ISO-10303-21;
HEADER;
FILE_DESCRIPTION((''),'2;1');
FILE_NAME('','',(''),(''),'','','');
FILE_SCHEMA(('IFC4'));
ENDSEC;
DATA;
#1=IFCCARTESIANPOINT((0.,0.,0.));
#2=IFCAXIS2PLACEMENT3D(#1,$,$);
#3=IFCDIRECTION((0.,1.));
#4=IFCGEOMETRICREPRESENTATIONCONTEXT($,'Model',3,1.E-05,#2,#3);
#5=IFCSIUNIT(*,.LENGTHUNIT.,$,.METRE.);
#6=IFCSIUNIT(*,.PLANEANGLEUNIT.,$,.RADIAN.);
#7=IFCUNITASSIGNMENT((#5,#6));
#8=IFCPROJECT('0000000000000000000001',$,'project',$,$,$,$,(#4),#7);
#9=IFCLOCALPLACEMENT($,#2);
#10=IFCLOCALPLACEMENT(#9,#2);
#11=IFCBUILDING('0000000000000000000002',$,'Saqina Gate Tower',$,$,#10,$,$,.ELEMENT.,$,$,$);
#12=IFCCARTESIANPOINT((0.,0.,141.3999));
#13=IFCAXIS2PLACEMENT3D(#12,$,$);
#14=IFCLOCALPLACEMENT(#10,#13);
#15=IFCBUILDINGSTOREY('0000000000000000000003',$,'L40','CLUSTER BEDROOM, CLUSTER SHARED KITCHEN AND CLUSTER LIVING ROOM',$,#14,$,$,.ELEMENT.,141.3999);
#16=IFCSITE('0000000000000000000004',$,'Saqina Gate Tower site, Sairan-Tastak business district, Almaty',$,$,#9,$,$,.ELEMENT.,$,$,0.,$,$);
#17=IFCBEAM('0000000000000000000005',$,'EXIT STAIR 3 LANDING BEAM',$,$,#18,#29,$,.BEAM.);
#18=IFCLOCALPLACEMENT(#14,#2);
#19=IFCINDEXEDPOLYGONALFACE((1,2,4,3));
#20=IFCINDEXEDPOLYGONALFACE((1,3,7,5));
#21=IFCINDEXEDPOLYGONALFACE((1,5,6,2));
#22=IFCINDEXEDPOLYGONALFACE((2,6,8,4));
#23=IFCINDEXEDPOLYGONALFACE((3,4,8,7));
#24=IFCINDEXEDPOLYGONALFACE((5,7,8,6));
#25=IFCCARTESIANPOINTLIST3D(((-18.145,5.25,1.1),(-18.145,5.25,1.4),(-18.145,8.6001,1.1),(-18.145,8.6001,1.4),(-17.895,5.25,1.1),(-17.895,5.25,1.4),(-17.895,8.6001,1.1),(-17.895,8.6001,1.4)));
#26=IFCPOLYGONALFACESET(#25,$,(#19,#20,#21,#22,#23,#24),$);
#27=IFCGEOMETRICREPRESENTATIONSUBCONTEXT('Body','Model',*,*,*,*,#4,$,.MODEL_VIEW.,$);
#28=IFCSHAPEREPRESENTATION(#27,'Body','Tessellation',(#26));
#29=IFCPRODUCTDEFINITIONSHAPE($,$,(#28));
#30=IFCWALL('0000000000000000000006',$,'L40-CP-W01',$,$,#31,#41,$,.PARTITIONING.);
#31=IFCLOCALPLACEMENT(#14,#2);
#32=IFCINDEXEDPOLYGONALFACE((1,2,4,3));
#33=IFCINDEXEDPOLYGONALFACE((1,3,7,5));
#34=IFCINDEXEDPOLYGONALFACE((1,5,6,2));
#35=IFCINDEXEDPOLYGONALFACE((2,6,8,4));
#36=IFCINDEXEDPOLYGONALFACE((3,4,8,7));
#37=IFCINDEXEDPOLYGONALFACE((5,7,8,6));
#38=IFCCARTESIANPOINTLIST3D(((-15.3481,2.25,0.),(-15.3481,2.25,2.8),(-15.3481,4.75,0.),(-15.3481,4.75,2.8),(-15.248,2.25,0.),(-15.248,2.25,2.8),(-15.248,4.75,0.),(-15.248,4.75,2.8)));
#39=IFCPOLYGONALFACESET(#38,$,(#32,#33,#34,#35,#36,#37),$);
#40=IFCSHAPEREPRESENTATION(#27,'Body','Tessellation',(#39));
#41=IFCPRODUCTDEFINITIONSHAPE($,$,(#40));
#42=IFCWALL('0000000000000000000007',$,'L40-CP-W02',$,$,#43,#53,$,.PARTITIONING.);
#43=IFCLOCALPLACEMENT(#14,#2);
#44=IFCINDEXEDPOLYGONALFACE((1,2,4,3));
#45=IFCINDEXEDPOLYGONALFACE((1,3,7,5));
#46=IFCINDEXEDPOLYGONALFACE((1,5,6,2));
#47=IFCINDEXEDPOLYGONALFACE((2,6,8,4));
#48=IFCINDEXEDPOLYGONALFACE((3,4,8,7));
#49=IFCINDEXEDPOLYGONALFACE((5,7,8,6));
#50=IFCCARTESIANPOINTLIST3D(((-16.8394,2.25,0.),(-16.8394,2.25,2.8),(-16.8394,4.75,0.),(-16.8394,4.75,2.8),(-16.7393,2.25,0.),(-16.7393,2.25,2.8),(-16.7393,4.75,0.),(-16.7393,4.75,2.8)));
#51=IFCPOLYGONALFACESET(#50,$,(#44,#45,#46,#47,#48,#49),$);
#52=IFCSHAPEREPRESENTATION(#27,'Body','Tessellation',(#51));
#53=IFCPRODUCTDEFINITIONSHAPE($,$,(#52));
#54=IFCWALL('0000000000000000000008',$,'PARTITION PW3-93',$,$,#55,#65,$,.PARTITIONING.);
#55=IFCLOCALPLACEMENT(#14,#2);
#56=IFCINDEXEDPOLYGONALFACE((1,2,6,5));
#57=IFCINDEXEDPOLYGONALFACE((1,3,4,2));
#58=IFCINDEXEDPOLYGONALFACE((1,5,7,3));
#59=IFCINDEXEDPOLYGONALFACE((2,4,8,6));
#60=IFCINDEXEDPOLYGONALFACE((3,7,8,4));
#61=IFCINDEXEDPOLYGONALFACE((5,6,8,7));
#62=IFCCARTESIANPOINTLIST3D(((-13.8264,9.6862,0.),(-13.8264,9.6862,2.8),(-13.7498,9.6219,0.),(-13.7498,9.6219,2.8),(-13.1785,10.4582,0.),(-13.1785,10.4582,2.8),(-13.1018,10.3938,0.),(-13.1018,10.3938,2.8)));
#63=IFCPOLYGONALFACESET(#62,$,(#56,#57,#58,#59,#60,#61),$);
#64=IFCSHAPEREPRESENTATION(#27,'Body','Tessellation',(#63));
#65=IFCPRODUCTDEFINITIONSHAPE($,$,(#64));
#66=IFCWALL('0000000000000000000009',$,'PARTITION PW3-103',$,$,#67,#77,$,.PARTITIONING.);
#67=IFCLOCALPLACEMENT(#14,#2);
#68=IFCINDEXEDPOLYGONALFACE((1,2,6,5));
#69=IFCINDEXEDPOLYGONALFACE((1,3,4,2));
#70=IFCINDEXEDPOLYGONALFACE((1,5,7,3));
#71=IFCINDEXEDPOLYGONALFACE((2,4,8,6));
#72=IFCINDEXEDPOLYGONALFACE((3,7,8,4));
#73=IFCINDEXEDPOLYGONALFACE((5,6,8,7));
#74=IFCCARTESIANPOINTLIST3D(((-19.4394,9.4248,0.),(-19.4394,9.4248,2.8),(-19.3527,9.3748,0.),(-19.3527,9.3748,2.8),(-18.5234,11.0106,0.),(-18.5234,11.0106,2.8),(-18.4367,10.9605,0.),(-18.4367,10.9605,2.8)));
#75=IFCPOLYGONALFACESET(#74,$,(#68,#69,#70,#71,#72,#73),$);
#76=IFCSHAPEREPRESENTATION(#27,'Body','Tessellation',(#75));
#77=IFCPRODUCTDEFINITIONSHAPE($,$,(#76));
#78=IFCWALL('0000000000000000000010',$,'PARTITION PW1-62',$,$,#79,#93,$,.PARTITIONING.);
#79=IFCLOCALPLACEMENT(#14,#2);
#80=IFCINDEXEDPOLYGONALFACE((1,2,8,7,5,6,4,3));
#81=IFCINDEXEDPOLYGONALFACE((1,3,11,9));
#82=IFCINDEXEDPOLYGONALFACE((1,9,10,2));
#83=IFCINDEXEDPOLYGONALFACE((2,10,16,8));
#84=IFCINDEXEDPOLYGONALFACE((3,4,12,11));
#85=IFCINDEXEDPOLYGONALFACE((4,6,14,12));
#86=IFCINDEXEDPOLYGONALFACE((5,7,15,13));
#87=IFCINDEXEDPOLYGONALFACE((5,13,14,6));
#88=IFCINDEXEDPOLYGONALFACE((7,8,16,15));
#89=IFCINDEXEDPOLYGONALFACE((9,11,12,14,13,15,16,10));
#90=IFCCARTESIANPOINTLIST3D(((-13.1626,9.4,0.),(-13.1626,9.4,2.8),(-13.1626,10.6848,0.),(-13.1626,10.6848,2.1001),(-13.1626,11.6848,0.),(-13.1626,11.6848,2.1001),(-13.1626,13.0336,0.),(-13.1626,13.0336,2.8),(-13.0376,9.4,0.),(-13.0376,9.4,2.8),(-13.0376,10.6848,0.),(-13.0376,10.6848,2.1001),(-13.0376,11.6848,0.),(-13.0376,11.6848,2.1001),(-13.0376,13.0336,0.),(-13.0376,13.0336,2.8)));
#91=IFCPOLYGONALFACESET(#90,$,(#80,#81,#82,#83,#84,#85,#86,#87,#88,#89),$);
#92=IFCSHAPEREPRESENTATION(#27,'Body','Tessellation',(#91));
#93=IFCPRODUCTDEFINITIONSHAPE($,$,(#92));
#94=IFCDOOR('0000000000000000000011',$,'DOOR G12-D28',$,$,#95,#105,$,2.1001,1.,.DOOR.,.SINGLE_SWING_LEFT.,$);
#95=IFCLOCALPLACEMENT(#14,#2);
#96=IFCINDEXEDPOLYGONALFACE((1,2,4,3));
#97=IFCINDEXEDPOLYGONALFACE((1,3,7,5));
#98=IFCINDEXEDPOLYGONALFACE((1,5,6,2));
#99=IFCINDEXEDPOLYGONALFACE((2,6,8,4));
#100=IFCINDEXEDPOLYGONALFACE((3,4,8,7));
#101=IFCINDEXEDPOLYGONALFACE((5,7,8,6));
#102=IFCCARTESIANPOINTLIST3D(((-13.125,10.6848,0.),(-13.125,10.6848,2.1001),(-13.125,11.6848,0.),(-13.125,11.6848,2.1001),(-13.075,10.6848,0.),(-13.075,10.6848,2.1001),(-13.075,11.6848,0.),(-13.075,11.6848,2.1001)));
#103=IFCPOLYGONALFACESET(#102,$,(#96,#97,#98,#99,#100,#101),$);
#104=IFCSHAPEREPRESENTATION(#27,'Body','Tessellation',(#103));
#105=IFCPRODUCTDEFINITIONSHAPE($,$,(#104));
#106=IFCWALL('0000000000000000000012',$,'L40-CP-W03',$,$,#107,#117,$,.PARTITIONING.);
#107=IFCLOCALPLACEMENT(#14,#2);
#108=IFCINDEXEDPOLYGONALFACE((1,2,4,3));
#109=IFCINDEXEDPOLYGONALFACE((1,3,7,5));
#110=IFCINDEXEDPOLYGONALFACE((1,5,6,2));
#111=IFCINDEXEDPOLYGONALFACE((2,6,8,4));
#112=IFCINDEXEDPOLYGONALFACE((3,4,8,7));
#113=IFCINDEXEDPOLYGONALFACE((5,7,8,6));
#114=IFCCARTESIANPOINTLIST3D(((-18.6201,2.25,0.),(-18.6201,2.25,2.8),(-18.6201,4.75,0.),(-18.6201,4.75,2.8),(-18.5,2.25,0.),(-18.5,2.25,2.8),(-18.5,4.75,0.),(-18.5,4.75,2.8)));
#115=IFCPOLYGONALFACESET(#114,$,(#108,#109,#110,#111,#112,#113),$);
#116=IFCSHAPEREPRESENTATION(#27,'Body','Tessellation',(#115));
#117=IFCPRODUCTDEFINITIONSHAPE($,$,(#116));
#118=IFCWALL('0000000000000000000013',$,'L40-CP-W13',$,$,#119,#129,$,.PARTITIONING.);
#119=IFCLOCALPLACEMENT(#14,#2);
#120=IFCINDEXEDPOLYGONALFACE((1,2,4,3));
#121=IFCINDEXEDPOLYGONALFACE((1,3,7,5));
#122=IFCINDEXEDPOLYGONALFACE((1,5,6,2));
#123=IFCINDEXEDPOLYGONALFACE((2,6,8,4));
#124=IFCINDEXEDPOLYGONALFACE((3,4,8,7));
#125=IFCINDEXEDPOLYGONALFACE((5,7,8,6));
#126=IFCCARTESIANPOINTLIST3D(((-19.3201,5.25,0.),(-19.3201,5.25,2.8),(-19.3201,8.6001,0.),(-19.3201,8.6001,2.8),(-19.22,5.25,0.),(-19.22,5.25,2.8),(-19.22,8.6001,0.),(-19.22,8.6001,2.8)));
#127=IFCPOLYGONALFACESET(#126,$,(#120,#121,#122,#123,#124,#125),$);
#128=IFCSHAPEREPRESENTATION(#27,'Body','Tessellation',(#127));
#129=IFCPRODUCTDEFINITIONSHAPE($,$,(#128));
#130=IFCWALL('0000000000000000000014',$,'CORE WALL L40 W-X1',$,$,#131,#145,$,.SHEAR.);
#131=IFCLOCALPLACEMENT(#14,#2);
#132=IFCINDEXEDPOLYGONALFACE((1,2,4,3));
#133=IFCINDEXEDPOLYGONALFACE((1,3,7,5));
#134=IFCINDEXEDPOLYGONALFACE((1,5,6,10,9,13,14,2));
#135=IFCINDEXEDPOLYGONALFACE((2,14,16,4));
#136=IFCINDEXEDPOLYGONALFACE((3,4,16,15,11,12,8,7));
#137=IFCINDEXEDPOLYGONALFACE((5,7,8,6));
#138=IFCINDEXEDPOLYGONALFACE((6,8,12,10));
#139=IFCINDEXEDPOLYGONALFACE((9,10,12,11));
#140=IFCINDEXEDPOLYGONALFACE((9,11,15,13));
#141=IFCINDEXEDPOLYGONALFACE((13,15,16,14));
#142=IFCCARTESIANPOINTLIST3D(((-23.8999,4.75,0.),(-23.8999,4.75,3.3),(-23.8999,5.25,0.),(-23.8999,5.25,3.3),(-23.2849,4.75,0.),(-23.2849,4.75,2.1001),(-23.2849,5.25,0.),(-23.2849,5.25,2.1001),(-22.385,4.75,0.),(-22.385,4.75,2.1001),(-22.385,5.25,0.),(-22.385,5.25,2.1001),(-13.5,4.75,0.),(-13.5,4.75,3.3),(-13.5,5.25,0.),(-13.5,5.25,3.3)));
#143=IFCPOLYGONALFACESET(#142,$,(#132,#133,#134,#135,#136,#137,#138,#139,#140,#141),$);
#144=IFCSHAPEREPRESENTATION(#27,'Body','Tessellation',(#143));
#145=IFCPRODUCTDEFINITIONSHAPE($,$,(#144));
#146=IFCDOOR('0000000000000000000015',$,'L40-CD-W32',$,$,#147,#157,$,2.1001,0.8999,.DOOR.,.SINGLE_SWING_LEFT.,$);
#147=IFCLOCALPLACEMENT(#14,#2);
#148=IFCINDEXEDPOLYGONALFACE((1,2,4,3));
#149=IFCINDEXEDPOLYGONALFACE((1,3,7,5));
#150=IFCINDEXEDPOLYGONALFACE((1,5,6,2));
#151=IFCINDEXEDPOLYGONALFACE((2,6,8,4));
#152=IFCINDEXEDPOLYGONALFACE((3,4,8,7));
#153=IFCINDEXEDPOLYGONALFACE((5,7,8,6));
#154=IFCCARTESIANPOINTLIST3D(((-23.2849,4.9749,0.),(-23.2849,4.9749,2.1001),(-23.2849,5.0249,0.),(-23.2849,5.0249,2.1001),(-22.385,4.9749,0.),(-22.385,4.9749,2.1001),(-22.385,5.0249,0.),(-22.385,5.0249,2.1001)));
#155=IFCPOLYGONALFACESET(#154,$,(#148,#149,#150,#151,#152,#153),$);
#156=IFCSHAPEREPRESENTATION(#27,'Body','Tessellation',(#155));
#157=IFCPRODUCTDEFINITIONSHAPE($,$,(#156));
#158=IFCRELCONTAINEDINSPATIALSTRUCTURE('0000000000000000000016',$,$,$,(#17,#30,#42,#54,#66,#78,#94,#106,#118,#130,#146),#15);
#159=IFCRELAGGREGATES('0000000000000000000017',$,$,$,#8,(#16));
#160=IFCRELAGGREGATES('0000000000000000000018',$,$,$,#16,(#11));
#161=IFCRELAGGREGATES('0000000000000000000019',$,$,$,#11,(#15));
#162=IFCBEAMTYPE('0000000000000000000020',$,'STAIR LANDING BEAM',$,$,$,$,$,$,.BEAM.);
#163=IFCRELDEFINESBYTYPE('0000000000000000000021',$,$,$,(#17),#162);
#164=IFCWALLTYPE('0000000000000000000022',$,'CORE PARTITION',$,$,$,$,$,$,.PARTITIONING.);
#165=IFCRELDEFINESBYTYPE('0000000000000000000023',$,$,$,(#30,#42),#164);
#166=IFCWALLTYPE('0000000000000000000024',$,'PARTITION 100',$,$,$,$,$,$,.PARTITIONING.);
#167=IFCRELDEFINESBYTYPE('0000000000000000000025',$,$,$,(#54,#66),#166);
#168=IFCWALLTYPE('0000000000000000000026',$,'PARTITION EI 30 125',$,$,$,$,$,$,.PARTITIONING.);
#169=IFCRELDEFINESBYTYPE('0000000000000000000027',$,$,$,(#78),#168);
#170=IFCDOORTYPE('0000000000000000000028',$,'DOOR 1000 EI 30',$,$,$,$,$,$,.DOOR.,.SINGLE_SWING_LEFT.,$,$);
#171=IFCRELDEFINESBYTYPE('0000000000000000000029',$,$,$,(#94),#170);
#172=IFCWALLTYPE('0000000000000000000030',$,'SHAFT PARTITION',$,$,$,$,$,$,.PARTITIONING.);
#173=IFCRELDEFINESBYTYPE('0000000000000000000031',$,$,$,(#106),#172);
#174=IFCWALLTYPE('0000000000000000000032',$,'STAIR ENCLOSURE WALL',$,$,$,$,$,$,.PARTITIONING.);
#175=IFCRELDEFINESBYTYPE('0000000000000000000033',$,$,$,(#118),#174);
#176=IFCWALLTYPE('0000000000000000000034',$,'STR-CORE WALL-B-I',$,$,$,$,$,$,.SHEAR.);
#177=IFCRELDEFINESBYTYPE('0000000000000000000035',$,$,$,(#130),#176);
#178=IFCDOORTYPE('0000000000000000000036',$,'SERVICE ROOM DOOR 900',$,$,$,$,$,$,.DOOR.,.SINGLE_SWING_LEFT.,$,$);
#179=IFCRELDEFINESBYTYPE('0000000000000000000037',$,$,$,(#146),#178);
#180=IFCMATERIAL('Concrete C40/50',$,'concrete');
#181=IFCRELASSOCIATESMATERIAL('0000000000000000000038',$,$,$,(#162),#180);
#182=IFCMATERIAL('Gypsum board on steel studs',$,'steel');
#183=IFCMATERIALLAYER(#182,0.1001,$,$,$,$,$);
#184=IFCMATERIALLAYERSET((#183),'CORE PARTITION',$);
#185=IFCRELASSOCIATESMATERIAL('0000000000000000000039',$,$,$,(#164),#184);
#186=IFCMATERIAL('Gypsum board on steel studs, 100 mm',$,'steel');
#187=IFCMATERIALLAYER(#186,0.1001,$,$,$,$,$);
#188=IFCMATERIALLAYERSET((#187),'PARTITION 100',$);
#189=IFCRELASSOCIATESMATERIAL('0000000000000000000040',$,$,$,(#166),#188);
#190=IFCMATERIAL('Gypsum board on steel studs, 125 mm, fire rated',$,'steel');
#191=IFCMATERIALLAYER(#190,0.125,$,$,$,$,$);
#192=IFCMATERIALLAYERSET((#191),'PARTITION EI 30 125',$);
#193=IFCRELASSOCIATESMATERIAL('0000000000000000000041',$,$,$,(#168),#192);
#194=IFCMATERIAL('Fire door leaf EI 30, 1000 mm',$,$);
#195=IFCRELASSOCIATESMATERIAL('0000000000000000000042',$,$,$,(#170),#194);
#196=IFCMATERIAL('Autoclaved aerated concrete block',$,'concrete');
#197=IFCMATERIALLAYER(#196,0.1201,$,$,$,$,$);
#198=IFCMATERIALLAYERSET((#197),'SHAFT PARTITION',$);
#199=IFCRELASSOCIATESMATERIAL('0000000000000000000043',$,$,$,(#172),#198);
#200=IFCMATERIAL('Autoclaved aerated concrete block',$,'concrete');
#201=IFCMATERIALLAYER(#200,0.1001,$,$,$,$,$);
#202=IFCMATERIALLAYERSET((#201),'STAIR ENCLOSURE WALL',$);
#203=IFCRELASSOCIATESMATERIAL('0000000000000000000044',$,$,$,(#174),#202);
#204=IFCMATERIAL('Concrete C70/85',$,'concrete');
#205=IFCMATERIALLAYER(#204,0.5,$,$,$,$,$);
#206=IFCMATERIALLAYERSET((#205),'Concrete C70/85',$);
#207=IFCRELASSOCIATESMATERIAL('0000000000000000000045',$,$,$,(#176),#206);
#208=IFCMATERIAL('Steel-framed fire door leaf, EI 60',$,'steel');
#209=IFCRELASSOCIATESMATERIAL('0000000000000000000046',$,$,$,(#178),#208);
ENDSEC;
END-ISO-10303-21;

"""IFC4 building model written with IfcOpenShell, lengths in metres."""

from ifc_helpers import new_model, si_unit, direction, frame, frame_2d, origin, origin_2d, place, context, subcontext, project, spatial, rectangle, extrude, material, layer, layer_set, material_profile, profile_set, type_object, element, fill, save


model = new_model("IFC4")

# Units and contexts
model_context = context("Model", 3, precision=1e-05, world=origin(), true_north=direction((0.0, 1.0)))
body_context = subcontext(model_context, "Body", "Model", "MODEL_VIEW")
ifc_project = project(units=[si_unit("LENGTHUNIT", "METRE"), si_unit("PLANEANGLEUNIT", "RADIAN")], contexts=[model_context])

# Site, building, storey
site_placement = place(None, origin())
site = spatial("IfcSite", under=ifc_project, at=site_placement, Name="Saqina Gate Tower site, Sairan-Tastak business district, Almaty", CompositionType="ELEMENT", RefElevation=0.0)
building_placement = place(site_placement, origin())
building = spatial("IfcBuilding", under=site, at=building_placement, Name="Saqina Gate Tower", CompositionType="ELEMENT")
storey_placement = place(building_placement, frame((0.0, 0.0, 141.3999)))
storey = spatial("IfcBuildingStorey", under=building, at=storey_placement, Name="L40", Description="CLUSTER BEDROOM, CLUSTER SHARED KITCHEN AND CLUSTER LIVING ROOM", CompositionType="ELEMENT", Elevation=141.3999)

# Beam
ifc_material_1 = material(Name="Concrete C40/50", Category="concrete")
ifc_material_profile = material_profile(ifc_material_1, rectangle(XDim=0.25, YDim=0.3, at=origin_2d()), Name="STAIR LANDING BEAM")
ifc_profile_set = profile_set([ifc_material_profile], Name="Concrete C40/50")
beam_type = type_object("IfcBeamType", Name="STAIR LANDING BEAM", PredefinedType="BEAM", material=ifc_profile_set)
beam_placement = place(storey_placement, frame((-18.02, 5.25, 1.25), z_axis=(0.0, 1.0, 0.0), x_axis=(-1.0, 0.0, 0.0)))
element("IfcBeam", 1, at=beam_placement, inside=storey, type_object=beam_type, Name="EXIT STAIR 3 LANDING BEAM", PredefinedType="BEAM", context=body_context, shape_type="SweptSolid", body=[
    extrude(rectangle(XDim=0.25, YDim=0.3, at=origin_2d()), origin(), (0.0, 0.0, 1.0), 3.3501),
])

# Walls
ifc_material_2 = material(Name="Gypsum board on steel studs", Category="steel")
ifc_layer_1 = layer(ifc_material_2, 0.1001)
ifc_layer_set_1 = layer_set([ifc_layer_1], Name="CORE PARTITION")
wall_type_1 = type_object("IfcWallType", Name="CORE PARTITION", PredefinedType="PARTITIONING", material=ifc_layer_set_1)
for number, where, z_axis, x_axis, name in (
    (2, (-15.2981, 2.25, 0.0), (0.0, 0.0, 1.0), (0.0, 1.0, 0.0), "L40-CP-W01"),
    (3, (-16.7893, 2.25, 0.0), (0.0, 0.0, 1.0), (0.0, 1.0, 0.0), "L40-CP-W02"),
):
    element("IfcWall", number, at=place(storey_placement, frame(where, z_axis=z_axis, x_axis=x_axis)), inside=storey, type_object=wall_type_1, Name=name, PredefinedType="PARTITIONING", context=body_context, shape_type="SweptSolid", body=[
        extrude(rectangle(XDim=2.5, YDim=0.1001, at=frame_2d((1.25, 0.0))), origin(), (0.0, 0.0, 1.0), 2.8),
    ])
ifc_material_3 = material(Name="Gypsum board on steel studs, 100 mm", Category="steel")
ifc_layer_2 = layer(ifc_material_3, 0.1001)
ifc_layer_set_2 = layer_set([ifc_layer_2], Name="PARTITION 100")
wall_type_2 = type_object("IfcWallType", Name="PARTITION 100", PredefinedType="PARTITIONING", material=ifc_layer_set_2)
wall_1_placement = place(storey_placement, frame((-13.7881, 9.6541, 0.0), z_axis=(0.0, 0.0, 1.0), x_axis=(0.642897, 0.765953, 0.0)))
element("IfcWall", 4, at=wall_1_placement, inside=storey, type_object=wall_type_2, Name="PARTITION PW3-93", PredefinedType="PARTITIONING", context=body_context, shape_type="SweptSolid", body=[
    extrude(rectangle(XDim=1.0078, YDim=0.1001, at=frame_2d((0.5039, 0.0))), origin(), (0.0, 0.0, 1.0), 2.8),
])
wall_2_placement = place(storey_placement, frame((-19.396, 9.3999, 0.0), z_axis=(0.0, 0.0, 1.0), x_axis=(0.500211, 0.865904, 0.0)))
element("IfcWall", 5, at=wall_2_placement, inside=storey, type_object=wall_type_2, Name="PARTITION PW3-103", PredefinedType="PARTITIONING", context=body_context, shape_type="SweptSolid", body=[
    extrude(rectangle(XDim=1.8313, YDim=0.1001, at=frame_2d((0.9155, 0.0))), origin(), (0.0, 0.0, 1.0), 2.8),
])

# Wall, opening, door
ifc_material_4 = material(Name="Gypsum board on steel studs, 125 mm, fire rated", Category="steel")
ifc_layer_3 = layer(ifc_material_4, 0.125)
ifc_layer_set_3 = layer_set([ifc_layer_3], Name="PARTITION EI 30 125")
wall_type_3 = type_object("IfcWallType", Name="PARTITION EI 30 125", PredefinedType="PARTITIONING", material=ifc_layer_set_3)
wall_3_placement = place(storey_placement, frame((-13.1001, 9.3999, 0.0), z_axis=(0.0, 0.0, 1.0), x_axis=(0.0, 1.0, 0.0)))
wall_3 = element("IfcWall", 6, at=wall_3_placement, inside=storey, type_object=wall_type_3, Name="PARTITION PW1-62", PredefinedType="PARTITIONING", context=body_context, shape_type="SweptSolid", body=[
    extrude(rectangle(XDim=3.6335, YDim=0.125, at=frame_2d((1.8169, 0.0))), origin(), (0.0, 0.0, 1.0), 2.8),
])
opening_1_placement = place(wall_3_placement, frame((1.2849, 0.0, 0.0)))
opening_1 = element("IfcOpeningElement", 7, at=opening_1_placement, cuts=wall_3, PredefinedType="OPENING", context=body_context, shape_type="SweptSolid", body=[
    extrude(rectangle(XDim=1.0, YDim=2.1001, at=frame_2d((0.5, 1.05))), frame((0.0, 0.0745, 0.0), z_axis=(0.0, -1.0, 0.0), x_axis=(1.0, 0.0, 0.0)), (0.0, 0.0, 1.0), 0.1489),
])
ifc_material_5 = material(Name="Fire door leaf EI 30, 1000 mm")
door_type_1 = type_object("IfcDoorType", Name="DOOR 1000 EI 30", OperationType="SINGLE_SWING_LEFT", PredefinedType="DOOR", material=ifc_material_5)
door_1_placement = place(opening_1_placement, origin())
door_1 = element("IfcDoor", 8, at=door_1_placement, inside=storey, type_object=door_type_1, Name="DOOR G12-D28", OperationType="SINGLE_SWING_LEFT", OverallHeight=2.1001, OverallWidth=1.0, PredefinedType="DOOR", context=body_context, shape_type="SweptSolid", body=[
    extrude(rectangle(XDim=1.0, YDim=2.1001, at=frame_2d((0.5, 1.05))), frame((0.0, 0.0249, 0.0), z_axis=(0.0, -1.0, 0.0), x_axis=(1.0, 0.0, 0.0)), (0.0, 0.0, 1.0), 0.05),
])
fill(opening_1, door_1)

# Walls
ifc_material_6 = material(Name="Autoclaved aerated concrete block", Category="concrete")
ifc_layer_4 = layer(ifc_material_6, 0.1201)
ifc_layer_set_4 = layer_set([ifc_layer_4], Name="SHAFT PARTITION")
wall_type_4 = type_object("IfcWallType", Name="SHAFT PARTITION", PredefinedType="PARTITIONING", material=ifc_layer_set_4)
wall_4_placement = place(storey_placement, frame((-18.5601, 2.25, 0.0), z_axis=(0.0, 0.0, 1.0), x_axis=(0.0, 1.0, 0.0)))
element("IfcWall", 9, at=wall_4_placement, inside=storey, type_object=wall_type_4, Name="L40-CP-W03", PredefinedType="PARTITIONING", context=body_context, shape_type="SweptSolid", body=[
    extrude(rectangle(XDim=2.5, YDim=0.1201, at=frame_2d((1.25, 0.0))), origin(), (0.0, 0.0, 1.0), 2.8),
])
ifc_material_7 = material(Name="Autoclaved aerated concrete block", Category="concrete")
ifc_layer_5 = layer(ifc_material_7, 0.1001)
ifc_layer_set_5 = layer_set([ifc_layer_5], Name="STAIR ENCLOSURE WALL")
wall_type_5 = type_object("IfcWallType", Name="STAIR ENCLOSURE WALL", PredefinedType="PARTITIONING", material=ifc_layer_set_5)
wall_5_placement = place(storey_placement, frame((-19.27, 5.25, 0.0), z_axis=(0.0, 0.0, 1.0), x_axis=(0.0, 1.0, 0.0)))
element("IfcWall", 10, at=wall_5_placement, inside=storey, type_object=wall_type_5, Name="L40-CP-W13", PredefinedType="PARTITIONING", context=body_context, shape_type="SweptSolid", body=[
    extrude(rectangle(XDim=3.3501, YDim=0.1001, at=frame_2d((1.675, 0.0))), origin(), (0.0, 0.0, 1.0), 2.8),
])

# Wall, opening, door
ifc_material_8 = material(Name="Concrete C70/85", Category="concrete")
ifc_layer_6 = layer(ifc_material_8, 0.5)
ifc_layer_set_6 = layer_set([ifc_layer_6], Name="Concrete C70/85")
wall_type_6 = type_object("IfcWallType", Name="STR-CORE WALL-B-I", PredefinedType="SHEAR", material=ifc_layer_set_6)
wall_6_placement = place(storey_placement, frame((-13.5, 5.0, 0.0), z_axis=(0.0, 0.0, 1.0), x_axis=(-1.0, 0.0, 0.0)))
wall_6 = element("IfcWall", 11, at=wall_6_placement, inside=storey, type_object=wall_type_6, Name="CORE WALL L40 W-X1", PredefinedType="SHEAR", context=body_context, shape_type="SweptSolid", body=[
    extrude(rectangle(XDim=10.3999, YDim=0.5, at=frame_2d((5.2, 0.0))), origin(), (0.0, 0.0, 1.0), 3.3),
])
opening_2_placement = place(wall_6_placement, frame((8.885, 0.0, 0.0)))
opening_2 = element("IfcOpeningElement", 12, at=opening_2_placement, cuts=wall_6, PredefinedType="OPENING", context=body_context, shape_type="SweptSolid", body=[
    extrude(rectangle(XDim=0.8999, YDim=2.1001, at=frame_2d((0.45, 1.05))), frame((0.0, 0.262, 0.0), z_axis=(0.0, -1.0, 0.0), x_axis=(1.0, 0.0, 0.0)), (0.0, 0.0, 1.0), 0.5239),
])
ifc_material_9 = material(Name="Steel-framed fire door leaf, EI 60", Category="steel")
door_type_2 = type_object("IfcDoorType", Name="SERVICE ROOM DOOR 900", OperationType="SINGLE_SWING_LEFT", PredefinedType="DOOR", material=ifc_material_9)
door_2_placement = place(opening_2_placement, frame((0.8999, 0.0, 0.0), z_axis=(0.0, 0.0, 1.0), x_axis=(-1.0, 0.0, 0.0)))
door_2 = element("IfcDoor", 13, at=door_2_placement, inside=storey, type_object=door_type_2, Name="L40-CD-W32", OperationType="SINGLE_SWING_LEFT", OverallHeight=2.1001, OverallWidth=0.8999, PredefinedType="DOOR", context=body_context, shape_type="SweptSolid", body=[
    extrude(rectangle(XDim=0.8999, YDim=2.1001, at=frame_2d((0.45, 1.05))), frame((0.0, 0.0249, 0.0), z_axis=(0.0, -1.0, 0.0), x_axis=(1.0, 0.0, 0.0)), (0.0, 0.0, 1.0), 0.05),
])
fill(opening_2, door_2)

save(model, "model.ifc")
